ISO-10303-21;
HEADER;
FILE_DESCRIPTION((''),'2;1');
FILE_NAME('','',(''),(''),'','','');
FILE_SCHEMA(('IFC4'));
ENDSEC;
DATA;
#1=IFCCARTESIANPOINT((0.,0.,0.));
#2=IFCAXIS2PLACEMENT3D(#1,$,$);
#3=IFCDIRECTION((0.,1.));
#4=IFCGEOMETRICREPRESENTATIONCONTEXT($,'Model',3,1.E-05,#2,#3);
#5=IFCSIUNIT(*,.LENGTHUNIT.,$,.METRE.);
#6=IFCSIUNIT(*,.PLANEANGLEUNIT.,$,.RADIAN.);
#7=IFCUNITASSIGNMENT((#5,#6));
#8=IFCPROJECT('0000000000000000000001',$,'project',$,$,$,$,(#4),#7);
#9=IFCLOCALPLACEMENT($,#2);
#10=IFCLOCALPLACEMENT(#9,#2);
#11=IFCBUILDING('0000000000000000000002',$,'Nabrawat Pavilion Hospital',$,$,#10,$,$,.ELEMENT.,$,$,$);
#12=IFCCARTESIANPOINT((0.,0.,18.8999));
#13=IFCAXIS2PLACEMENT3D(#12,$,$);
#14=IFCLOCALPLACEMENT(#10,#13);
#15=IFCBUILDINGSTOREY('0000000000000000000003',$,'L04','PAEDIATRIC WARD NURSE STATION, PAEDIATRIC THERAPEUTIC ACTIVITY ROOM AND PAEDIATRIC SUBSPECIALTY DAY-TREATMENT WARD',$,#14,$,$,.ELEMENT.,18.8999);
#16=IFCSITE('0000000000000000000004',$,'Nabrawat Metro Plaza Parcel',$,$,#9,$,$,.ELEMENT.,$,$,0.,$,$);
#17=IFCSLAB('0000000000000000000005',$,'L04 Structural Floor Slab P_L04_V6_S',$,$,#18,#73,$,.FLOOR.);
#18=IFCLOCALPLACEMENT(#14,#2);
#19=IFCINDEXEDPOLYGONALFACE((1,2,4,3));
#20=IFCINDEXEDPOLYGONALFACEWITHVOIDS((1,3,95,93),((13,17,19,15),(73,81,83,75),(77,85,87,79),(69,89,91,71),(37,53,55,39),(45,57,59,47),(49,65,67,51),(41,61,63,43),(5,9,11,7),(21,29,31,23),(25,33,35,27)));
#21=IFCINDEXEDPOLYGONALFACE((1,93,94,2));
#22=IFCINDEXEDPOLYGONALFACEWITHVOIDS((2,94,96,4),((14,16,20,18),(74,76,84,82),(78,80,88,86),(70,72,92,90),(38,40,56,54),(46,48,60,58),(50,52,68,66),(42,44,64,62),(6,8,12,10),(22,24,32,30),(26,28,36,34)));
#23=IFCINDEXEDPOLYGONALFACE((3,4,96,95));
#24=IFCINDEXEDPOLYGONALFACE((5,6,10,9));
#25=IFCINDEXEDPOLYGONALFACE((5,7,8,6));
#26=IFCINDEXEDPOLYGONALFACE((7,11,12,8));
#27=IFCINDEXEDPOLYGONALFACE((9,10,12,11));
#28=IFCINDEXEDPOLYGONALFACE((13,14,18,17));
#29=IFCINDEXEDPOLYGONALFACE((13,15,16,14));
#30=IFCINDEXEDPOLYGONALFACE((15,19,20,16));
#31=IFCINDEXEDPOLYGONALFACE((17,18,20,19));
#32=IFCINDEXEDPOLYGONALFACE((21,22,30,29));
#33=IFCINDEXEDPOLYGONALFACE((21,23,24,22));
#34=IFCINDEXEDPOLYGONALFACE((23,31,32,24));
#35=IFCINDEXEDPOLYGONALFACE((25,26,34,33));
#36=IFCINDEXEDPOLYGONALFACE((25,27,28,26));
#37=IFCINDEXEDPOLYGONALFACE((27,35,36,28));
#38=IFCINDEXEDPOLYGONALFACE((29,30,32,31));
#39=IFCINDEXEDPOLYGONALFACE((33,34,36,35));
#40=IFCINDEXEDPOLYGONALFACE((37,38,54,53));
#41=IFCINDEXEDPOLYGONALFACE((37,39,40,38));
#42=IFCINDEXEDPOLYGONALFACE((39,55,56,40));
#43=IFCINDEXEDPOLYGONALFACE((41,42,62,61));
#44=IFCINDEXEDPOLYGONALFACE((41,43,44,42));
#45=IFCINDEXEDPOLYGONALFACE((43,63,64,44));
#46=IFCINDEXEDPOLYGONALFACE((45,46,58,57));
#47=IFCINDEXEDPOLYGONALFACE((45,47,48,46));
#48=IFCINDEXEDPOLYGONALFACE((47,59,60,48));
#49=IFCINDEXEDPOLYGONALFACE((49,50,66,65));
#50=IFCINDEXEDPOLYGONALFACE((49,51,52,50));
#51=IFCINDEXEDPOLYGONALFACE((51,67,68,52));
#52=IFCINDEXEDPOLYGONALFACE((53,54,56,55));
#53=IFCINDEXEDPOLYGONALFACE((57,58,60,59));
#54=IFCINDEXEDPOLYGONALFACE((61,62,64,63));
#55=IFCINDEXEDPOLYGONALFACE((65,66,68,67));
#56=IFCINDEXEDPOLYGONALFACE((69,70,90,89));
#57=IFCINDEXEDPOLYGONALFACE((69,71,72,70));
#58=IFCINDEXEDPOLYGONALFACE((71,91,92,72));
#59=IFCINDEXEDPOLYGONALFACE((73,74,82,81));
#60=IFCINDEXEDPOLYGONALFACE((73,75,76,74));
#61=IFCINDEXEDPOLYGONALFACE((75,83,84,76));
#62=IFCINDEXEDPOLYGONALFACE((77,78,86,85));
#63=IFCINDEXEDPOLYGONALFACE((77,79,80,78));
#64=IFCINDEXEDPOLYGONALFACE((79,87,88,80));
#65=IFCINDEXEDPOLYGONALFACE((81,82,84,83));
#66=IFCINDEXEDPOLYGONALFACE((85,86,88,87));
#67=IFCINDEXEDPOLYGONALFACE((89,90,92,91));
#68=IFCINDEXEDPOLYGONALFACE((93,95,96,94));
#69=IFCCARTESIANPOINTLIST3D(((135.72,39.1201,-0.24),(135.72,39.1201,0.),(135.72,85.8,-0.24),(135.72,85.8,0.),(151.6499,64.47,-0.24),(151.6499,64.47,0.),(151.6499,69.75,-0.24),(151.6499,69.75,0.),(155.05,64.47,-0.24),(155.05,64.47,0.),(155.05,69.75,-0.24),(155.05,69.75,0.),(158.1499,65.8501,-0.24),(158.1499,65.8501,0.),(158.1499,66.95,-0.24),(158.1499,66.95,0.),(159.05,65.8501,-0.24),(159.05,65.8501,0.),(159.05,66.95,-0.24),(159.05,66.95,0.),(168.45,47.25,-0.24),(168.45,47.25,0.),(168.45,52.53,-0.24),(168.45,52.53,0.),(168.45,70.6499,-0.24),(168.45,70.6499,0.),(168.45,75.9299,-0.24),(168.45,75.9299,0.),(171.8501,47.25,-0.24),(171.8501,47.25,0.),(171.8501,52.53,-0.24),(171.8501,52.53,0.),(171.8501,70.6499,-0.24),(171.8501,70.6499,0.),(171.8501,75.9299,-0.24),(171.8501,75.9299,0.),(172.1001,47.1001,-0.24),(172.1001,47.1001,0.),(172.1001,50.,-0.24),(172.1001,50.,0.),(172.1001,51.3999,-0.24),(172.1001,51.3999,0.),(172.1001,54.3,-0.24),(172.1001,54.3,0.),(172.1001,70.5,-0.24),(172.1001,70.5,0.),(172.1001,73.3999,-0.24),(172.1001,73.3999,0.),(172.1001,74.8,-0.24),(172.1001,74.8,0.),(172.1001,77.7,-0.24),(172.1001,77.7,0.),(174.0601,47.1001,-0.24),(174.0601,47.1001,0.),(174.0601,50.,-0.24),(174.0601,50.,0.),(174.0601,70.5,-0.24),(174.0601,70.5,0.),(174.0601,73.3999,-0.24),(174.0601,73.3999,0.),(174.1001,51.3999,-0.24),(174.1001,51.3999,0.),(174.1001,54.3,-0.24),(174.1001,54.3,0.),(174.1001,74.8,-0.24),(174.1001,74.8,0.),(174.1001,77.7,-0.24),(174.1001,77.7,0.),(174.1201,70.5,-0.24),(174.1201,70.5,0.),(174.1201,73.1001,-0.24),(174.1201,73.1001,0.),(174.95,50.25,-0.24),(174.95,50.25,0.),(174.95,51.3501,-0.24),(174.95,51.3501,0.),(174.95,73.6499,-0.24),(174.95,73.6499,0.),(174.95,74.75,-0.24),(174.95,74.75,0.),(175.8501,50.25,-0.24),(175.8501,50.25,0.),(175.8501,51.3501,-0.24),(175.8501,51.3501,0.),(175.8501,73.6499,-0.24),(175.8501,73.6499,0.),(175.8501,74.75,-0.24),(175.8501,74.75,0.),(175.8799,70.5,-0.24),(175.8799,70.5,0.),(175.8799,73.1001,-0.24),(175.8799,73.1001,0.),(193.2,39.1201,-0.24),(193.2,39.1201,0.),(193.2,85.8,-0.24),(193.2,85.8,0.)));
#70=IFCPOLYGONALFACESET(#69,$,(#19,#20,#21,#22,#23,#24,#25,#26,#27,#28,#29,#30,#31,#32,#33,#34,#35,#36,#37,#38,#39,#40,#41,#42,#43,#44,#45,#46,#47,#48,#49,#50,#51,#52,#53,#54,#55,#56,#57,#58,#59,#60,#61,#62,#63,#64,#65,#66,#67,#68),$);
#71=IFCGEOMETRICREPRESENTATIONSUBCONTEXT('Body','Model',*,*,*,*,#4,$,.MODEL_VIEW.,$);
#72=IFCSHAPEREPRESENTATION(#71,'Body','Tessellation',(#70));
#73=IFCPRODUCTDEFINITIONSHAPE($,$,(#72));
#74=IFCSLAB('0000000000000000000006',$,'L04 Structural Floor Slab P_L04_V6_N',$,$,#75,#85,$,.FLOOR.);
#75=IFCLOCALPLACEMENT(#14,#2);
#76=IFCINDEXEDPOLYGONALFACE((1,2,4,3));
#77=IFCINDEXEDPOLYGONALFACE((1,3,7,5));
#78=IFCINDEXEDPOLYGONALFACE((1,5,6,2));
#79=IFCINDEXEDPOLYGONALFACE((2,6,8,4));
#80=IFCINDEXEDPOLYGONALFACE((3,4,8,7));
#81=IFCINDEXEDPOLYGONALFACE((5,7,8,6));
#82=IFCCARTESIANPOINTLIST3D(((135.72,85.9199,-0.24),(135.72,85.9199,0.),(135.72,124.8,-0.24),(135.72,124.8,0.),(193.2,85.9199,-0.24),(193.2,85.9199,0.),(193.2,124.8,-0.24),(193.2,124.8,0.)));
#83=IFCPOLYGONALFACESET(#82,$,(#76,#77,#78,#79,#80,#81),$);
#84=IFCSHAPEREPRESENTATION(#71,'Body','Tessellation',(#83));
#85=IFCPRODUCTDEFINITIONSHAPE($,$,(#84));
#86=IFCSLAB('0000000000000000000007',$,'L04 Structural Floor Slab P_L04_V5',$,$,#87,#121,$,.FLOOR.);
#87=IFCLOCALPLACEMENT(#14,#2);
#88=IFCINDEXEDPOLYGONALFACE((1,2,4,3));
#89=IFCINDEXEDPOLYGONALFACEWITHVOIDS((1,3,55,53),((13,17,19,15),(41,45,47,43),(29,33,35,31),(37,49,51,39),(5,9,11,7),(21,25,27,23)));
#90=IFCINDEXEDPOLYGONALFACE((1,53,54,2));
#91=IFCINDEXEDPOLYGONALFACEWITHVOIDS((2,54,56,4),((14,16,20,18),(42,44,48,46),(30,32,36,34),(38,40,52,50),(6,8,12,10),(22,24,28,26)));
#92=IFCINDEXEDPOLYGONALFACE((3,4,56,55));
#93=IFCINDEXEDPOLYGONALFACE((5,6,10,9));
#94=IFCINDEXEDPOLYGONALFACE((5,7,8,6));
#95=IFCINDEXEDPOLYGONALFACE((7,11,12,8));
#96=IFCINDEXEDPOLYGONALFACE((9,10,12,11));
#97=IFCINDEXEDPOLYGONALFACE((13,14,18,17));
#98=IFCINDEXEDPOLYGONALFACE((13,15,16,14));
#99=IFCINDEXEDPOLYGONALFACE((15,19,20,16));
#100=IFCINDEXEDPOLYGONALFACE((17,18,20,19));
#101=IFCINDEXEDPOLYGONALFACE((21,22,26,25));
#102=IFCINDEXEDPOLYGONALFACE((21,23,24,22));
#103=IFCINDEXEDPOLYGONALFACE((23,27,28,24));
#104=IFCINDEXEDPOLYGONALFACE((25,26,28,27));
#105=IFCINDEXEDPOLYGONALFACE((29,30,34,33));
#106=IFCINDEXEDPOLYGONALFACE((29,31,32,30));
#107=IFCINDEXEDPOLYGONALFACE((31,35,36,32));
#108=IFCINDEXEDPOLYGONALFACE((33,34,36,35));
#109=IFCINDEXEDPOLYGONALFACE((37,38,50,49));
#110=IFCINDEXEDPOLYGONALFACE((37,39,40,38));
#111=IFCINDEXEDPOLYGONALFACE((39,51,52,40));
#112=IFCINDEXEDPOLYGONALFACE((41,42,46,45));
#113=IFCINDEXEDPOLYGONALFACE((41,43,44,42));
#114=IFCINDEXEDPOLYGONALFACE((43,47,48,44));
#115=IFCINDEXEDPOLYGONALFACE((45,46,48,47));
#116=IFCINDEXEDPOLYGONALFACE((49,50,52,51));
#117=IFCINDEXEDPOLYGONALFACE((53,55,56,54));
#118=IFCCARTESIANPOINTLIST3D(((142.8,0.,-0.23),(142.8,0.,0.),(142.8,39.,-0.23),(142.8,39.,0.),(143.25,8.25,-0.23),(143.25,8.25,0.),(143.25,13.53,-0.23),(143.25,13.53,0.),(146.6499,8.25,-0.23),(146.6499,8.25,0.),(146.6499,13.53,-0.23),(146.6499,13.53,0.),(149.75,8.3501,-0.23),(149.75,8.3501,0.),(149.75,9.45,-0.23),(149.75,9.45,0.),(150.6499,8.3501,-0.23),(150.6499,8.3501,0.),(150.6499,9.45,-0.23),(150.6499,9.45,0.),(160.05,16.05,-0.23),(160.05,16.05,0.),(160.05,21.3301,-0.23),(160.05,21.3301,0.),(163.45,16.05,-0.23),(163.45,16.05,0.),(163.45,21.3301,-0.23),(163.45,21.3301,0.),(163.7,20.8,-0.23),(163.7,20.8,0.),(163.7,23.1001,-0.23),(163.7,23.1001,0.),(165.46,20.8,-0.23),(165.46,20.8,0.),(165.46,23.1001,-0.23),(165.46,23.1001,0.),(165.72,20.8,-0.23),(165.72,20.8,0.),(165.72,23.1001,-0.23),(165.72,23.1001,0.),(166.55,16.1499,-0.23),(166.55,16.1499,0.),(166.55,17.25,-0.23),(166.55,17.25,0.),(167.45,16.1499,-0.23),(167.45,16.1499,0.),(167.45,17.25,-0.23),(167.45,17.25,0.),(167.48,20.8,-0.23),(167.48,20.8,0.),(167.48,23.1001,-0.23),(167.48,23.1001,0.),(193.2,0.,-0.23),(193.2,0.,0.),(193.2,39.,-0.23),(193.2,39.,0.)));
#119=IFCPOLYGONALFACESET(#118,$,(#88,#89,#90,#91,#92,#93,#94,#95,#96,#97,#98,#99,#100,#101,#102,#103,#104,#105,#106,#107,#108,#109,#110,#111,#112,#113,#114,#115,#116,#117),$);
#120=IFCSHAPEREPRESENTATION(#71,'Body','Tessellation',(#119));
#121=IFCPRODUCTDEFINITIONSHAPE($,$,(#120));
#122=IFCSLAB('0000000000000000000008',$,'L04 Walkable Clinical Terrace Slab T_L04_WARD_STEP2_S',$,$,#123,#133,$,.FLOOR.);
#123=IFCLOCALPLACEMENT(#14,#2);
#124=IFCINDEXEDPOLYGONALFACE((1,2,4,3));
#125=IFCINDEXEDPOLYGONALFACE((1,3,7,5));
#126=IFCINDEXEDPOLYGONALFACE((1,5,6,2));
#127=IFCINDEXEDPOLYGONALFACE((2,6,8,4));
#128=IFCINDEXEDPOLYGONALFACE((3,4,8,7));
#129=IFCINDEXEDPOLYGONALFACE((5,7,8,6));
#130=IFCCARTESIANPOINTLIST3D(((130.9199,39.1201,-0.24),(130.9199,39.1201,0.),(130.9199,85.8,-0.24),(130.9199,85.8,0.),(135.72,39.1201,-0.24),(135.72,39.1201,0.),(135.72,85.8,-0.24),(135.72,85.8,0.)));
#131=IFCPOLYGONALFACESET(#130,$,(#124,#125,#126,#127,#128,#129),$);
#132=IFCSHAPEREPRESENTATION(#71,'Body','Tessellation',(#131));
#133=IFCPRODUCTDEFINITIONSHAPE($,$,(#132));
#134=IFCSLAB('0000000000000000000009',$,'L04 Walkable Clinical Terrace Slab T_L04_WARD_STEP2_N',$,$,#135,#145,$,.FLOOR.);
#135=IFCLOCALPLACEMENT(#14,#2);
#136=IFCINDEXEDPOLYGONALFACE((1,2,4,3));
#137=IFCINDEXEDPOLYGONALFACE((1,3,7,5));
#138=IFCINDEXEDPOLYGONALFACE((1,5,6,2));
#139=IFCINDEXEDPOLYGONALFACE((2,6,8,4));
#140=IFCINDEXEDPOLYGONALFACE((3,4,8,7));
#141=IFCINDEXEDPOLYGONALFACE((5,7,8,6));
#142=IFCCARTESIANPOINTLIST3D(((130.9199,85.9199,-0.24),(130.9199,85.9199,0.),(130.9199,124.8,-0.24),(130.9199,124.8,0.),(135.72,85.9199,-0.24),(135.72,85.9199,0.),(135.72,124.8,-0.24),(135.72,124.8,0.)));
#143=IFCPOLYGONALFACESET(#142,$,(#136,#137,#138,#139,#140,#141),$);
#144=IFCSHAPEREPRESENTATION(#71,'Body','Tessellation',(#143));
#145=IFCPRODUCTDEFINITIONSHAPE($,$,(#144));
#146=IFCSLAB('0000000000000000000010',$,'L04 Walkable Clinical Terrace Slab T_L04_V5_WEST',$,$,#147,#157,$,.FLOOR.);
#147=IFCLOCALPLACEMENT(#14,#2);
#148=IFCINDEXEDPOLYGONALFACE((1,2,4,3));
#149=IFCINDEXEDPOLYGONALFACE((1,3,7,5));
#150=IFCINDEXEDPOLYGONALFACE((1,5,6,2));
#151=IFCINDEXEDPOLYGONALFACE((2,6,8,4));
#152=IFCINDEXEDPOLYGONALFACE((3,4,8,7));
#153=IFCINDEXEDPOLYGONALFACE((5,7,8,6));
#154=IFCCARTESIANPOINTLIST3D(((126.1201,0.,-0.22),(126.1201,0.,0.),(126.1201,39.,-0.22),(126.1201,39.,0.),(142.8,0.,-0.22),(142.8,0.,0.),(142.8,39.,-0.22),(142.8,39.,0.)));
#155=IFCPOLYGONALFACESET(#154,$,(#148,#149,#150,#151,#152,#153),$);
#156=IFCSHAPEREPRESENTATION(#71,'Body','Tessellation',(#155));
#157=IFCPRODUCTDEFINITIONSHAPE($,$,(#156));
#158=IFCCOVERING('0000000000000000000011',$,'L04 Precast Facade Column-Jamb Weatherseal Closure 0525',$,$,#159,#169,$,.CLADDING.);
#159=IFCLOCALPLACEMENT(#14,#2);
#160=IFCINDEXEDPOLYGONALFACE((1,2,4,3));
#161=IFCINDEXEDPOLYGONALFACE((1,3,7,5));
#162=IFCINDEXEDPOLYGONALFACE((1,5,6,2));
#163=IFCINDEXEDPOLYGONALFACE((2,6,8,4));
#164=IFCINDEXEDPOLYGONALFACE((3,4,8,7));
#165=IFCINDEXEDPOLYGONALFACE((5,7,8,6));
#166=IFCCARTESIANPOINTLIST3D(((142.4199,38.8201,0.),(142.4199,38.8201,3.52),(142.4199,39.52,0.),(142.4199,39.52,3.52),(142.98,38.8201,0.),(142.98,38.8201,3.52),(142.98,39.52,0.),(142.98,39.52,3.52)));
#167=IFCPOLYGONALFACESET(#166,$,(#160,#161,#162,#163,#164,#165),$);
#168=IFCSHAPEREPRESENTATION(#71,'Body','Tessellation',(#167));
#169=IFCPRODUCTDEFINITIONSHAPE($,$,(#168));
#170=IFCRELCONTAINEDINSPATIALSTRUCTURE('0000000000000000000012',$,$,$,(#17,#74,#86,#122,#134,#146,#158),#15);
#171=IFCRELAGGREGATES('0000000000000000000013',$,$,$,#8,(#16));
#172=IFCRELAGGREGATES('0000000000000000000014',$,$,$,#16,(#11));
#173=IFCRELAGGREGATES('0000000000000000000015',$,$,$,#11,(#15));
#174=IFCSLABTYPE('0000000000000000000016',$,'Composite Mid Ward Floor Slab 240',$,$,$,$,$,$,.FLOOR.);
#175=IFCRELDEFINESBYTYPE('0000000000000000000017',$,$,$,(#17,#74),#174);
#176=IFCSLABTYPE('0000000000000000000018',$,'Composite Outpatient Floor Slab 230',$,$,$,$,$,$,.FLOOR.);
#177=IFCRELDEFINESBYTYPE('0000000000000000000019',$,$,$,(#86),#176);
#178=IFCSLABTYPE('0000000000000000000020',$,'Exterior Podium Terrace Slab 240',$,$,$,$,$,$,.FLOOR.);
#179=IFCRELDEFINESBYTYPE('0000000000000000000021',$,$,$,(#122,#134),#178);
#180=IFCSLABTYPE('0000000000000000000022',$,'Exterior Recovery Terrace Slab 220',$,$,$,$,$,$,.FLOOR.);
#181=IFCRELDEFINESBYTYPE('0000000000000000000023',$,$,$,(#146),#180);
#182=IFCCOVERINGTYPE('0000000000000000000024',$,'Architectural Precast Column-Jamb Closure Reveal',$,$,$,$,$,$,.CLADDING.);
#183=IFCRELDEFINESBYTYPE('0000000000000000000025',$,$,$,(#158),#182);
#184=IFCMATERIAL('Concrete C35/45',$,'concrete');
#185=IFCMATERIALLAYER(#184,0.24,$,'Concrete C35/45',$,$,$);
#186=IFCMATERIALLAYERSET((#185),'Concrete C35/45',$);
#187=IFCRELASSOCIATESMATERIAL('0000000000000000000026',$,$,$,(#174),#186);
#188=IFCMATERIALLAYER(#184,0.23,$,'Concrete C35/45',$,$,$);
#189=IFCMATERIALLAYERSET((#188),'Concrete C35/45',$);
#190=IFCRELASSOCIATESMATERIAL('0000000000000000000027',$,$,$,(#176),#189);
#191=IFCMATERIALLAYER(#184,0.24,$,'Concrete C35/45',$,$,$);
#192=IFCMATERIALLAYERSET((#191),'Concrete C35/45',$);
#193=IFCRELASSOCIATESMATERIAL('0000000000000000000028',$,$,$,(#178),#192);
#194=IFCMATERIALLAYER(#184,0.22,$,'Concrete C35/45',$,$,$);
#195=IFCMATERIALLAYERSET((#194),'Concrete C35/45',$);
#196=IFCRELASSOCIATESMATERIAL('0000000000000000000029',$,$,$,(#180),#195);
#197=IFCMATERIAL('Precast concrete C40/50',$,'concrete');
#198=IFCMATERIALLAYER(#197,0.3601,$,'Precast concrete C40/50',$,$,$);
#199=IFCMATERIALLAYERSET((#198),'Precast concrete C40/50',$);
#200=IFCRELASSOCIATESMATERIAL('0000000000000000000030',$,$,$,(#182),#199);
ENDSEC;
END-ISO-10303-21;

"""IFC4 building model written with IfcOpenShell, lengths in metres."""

from ifc_helpers import new_model, si_unit, direction, frame, origin, place, context, subcontext, project, spatial, polyline, outline, extrude, material, layer, layer_set, type_object, element, save


model = new_model("IFC4")

# Units and contexts
model_context = context("Model", 3, precision=1e-05, world=origin(), true_north=direction((0.0, 1.0)))
body_context = subcontext(model_context, "Body", "Model", "MODEL_VIEW")
ifc_project = project(units=[si_unit("LENGTHUNIT", "METRE"), si_unit("PLANEANGLEUNIT", "RADIAN")], contexts=[model_context])

# Site, building, storey
site_placement = place(None, origin())
site = spatial("IfcSite", under=ifc_project, at=site_placement, Name="Nabrawat Metro Plaza Parcel", CompositionType="ELEMENT", RefElevation=0.0)
building_placement = place(site_placement, origin())
building = spatial("IfcBuilding", under=site, at=building_placement, Name="Nabrawat Pavilion Hospital", CompositionType="ELEMENT")
storey_placement = place(building_placement, frame((0.0, 0.0, 18.8999)))
storey = spatial("IfcBuildingStorey", under=building, at=storey_placement, Name="L04", Description="PAEDIATRIC WARD NURSE STATION, PAEDIATRIC THERAPEUTIC ACTIVITY ROOM AND PAEDIATRIC SUBSPECIALTY DAY-TREATMENT WARD", CompositionType="ELEMENT", Elevation=18.8999)

# Slabs
ifc_material_1 = material(Name="Concrete C35/45", Category="concrete")
ifc_layer_1 = layer(ifc_material_1, 0.24, Name="Concrete C35/45")
ifc_layer_set_1 = layer_set([ifc_layer_1], Name="Concrete C35/45")
slab_type_1 = type_object("IfcSlabType", Name="Composite Mid Ward Floor Slab 240", PredefinedType="FLOOR", material=ifc_layer_set_1)
slab_1_placement = place(storey_placement, frame((0.0, 0.0, -0.24)))
element("IfcSlab", 1, at=slab_1_placement, inside=storey, type_object=slab_type_1, Name="L04 Structural Floor Slab P_L04_V6_S", PredefinedType="FLOOR", context=body_context, shape_type="SweptSolid", body=[
    extrude(outline(polyline([(135.72, 39.1201), (193.2, 39.1201), (193.2, 85.8), (135.72, 85.8), (135.72, 39.1201)]), holes=[polyline([(175.8799, 73.1001), (175.8799, 70.5), (174.1201, 70.5), (174.1201, 73.1001), (175.8799, 73.1001)]), polyline([(174.95, 50.25), (174.95, 51.3501), (175.8501, 51.3501), (175.8501, 50.25), (174.95, 50.25)]), polyline([(174.95, 73.6499), (174.95, 74.75), (175.8501, 74.75), (175.8501, 73.6499), (174.95, 73.6499)]), polyline([(172.1001, 51.3999), (172.1001, 54.3), (174.1001, 54.3), (174.1001, 51.3999), (172.1001, 51.3999)]), polyline([(172.1001, 74.8), (172.1001, 77.7), (174.1001, 77.7), (174.1001, 74.8), (172.1001, 74.8)]), polyline([(174.0601, 50.0), (174.0601, 47.1001), (172.1001, 47.1001), (172.1001, 50.0), (174.0601, 50.0)]), polyline([(172.1001, 70.5), (172.1001, 73.3999), (174.0601, 73.3999), (174.0601, 70.5), (172.1001, 70.5)]), polyline([(171.8501, 47.25), (168.45, 47.25), (168.45, 52.53), (171.8501, 52.53), (171.8501, 47.25)]), polyline([(171.8501, 70.6499), (168.45, 70.6499), (168.45, 75.9299), (171.8501, 75.9299), (171.8501, 70.6499)]), polyline([(159.05, 66.95), (159.05, 65.8501), (158.1499, 65.8501), (158.1499, 66.95), (159.05, 66.95)]), polyline([(155.05, 64.47), (151.6499, 64.47), (151.6499, 69.75), (155.05, 69.75), (155.05, 64.47)])]), origin(), (0.0, 0.0, 1.0), 0.24),
])
slab_2_placement = place(storey_placement, frame((0.0, 0.0, -0.24)))
element("IfcSlab", 2, at=slab_2_placement, inside=storey, type_object=slab_type_1, Name="L04 Structural Floor Slab P_L04_V6_N", PredefinedType="FLOOR", context=body_context, shape_type="SweptSolid", body=[
    extrude(outline(polyline([(193.2, 85.9199), (193.2, 124.8), (135.72, 124.8), (135.72, 85.9199), (193.2, 85.9199)])), origin(), (0.0, 0.0, 1.0), 0.24),
])
ifc_layer_2 = layer(ifc_material_1, 0.23, Name="Concrete C35/45")
ifc_layer_set_2 = layer_set([ifc_layer_2], Name="Concrete C35/45")
slab_type_2 = type_object("IfcSlabType", Name="Composite Outpatient Floor Slab 230", PredefinedType="FLOOR", material=ifc_layer_set_2)
slab_3_placement = place(storey_placement, frame((0.0, 0.0, -0.23)))
element("IfcSlab", 3, at=slab_3_placement, inside=storey, type_object=slab_type_2, Name="L04 Structural Floor Slab P_L04_V5", PredefinedType="FLOOR", context=body_context, shape_type="SweptSolid", body=[
    extrude(outline(polyline([(142.8, 0.0), (193.2, 0.0), (193.2, 39.0), (142.8, 39.0), (142.8, 0.0)]), holes=[polyline([(167.48, 23.1001), (167.48, 20.8), (165.72, 20.8), (165.72, 23.1001), (167.48, 23.1001)]), polyline([(167.45, 17.25), (167.45, 16.1499), (166.55, 16.1499), (166.55, 17.25), (167.45, 17.25)]), polyline([(165.46, 23.1001), (165.46, 20.8), (163.7, 20.8), (163.7, 23.1001), (165.46, 23.1001)]), polyline([(160.05, 21.3301), (163.45, 21.3301), (163.45, 16.05), (160.05, 16.05), (160.05, 21.3301)]), polyline([(149.75, 8.3501), (149.75, 9.45), (150.6499, 9.45), (150.6499, 8.3501), (149.75, 8.3501)]), polyline([(146.6499, 8.25), (143.25, 8.25), (143.25, 13.53), (146.6499, 13.53), (146.6499, 8.25)])]), origin(), (0.0, 0.0, 1.0), 0.23),
])
ifc_layer_3 = layer(ifc_material_1, 0.24, Name="Concrete C35/45")
ifc_layer_set_3 = layer_set([ifc_layer_3], Name="Concrete C35/45")
slab_type_3 = type_object("IfcSlabType", Name="Exterior Podium Terrace Slab 240", PredefinedType="FLOOR", material=ifc_layer_set_3)
slab_4_placement = place(storey_placement, frame((0.0, 0.0, -0.24)))
element("IfcSlab", 4, at=slab_4_placement, inside=storey, type_object=slab_type_3, Name="L04 Walkable Clinical Terrace Slab T_L04_WARD_STEP2_S", PredefinedType="FLOOR", context=body_context, shape_type="SweptSolid", body=[
    extrude(outline(polyline([(135.72, 39.1201), (135.72, 85.8), (130.9199, 85.8), (130.9199, 39.1201), (135.72, 39.1201)])), origin(), (0.0, 0.0, 1.0), 0.24),
])
slab_5_placement = place(storey_placement, frame((0.0, 0.0, -0.24)))
element("IfcSlab", 5, at=slab_5_placement, inside=storey, type_object=slab_type_3, Name="L04 Walkable Clinical Terrace Slab T_L04_WARD_STEP2_N", PredefinedType="FLOOR", context=body_context, shape_type="SweptSolid", body=[
    extrude(outline(polyline([(135.72, 85.9199), (135.72, 124.8), (130.9199, 124.8), (130.9199, 85.9199), (135.72, 85.9199)])), origin(), (0.0, 0.0, 1.0), 0.24),
])
ifc_layer_4 = layer(ifc_material_1, 0.22, Name="Concrete C35/45")
ifc_layer_set_4 = layer_set([ifc_layer_4], Name="Concrete C35/45")
slab_type_4 = type_object("IfcSlabType", Name="Exterior Recovery Terrace Slab 220", PredefinedType="FLOOR", material=ifc_layer_set_4)
slab_6_placement = place(storey_placement, frame((0.0, 0.0, -0.22)))
element("IfcSlab", 6, at=slab_6_placement, inside=storey, type_object=slab_type_4, Name="L04 Walkable Clinical Terrace Slab T_L04_V5_WEST", PredefinedType="FLOOR", context=body_context, shape_type="SweptSolid", body=[
    extrude(outline(polyline([(142.8, 0.0), (142.8, 39.0), (126.1201, 39.0), (126.1201, 0.0), (142.8, 0.0)])), origin(), (0.0, 0.0, 1.0), 0.22),
])

# Covering
ifc_material_2 = material(Name="Precast concrete C40/50", Category="concrete")
ifc_layer_5 = layer(ifc_material_2, 0.3601, Name="Precast concrete C40/50")
ifc_layer_set_5 = layer_set([ifc_layer_5], Name="Precast concrete C40/50")
covering_type = type_object("IfcCoveringType", Name="Architectural Precast Column-Jamb Closure Reveal", PredefinedType="CLADDING", material=ifc_layer_set_5)
covering_1_placement = place(storey_placement, origin())
element("IfcCovering", 7, at=covering_1_placement, inside=storey, type_object=covering_type, Name="L04 Precast Facade Column-Jamb Weatherseal Closure 0525", PredefinedType="CLADDING", context=body_context, shape_type="SweptSolid", body=[
    extrude(outline(polyline([(142.98, 38.8201), (142.98, 39.52), (142.4199, 39.52), (142.4199, 38.8201), (142.98, 38.8201)])), origin(), (0.0, 0.0, 1.0), 3.52),
])

save(model, "model.ifc")
